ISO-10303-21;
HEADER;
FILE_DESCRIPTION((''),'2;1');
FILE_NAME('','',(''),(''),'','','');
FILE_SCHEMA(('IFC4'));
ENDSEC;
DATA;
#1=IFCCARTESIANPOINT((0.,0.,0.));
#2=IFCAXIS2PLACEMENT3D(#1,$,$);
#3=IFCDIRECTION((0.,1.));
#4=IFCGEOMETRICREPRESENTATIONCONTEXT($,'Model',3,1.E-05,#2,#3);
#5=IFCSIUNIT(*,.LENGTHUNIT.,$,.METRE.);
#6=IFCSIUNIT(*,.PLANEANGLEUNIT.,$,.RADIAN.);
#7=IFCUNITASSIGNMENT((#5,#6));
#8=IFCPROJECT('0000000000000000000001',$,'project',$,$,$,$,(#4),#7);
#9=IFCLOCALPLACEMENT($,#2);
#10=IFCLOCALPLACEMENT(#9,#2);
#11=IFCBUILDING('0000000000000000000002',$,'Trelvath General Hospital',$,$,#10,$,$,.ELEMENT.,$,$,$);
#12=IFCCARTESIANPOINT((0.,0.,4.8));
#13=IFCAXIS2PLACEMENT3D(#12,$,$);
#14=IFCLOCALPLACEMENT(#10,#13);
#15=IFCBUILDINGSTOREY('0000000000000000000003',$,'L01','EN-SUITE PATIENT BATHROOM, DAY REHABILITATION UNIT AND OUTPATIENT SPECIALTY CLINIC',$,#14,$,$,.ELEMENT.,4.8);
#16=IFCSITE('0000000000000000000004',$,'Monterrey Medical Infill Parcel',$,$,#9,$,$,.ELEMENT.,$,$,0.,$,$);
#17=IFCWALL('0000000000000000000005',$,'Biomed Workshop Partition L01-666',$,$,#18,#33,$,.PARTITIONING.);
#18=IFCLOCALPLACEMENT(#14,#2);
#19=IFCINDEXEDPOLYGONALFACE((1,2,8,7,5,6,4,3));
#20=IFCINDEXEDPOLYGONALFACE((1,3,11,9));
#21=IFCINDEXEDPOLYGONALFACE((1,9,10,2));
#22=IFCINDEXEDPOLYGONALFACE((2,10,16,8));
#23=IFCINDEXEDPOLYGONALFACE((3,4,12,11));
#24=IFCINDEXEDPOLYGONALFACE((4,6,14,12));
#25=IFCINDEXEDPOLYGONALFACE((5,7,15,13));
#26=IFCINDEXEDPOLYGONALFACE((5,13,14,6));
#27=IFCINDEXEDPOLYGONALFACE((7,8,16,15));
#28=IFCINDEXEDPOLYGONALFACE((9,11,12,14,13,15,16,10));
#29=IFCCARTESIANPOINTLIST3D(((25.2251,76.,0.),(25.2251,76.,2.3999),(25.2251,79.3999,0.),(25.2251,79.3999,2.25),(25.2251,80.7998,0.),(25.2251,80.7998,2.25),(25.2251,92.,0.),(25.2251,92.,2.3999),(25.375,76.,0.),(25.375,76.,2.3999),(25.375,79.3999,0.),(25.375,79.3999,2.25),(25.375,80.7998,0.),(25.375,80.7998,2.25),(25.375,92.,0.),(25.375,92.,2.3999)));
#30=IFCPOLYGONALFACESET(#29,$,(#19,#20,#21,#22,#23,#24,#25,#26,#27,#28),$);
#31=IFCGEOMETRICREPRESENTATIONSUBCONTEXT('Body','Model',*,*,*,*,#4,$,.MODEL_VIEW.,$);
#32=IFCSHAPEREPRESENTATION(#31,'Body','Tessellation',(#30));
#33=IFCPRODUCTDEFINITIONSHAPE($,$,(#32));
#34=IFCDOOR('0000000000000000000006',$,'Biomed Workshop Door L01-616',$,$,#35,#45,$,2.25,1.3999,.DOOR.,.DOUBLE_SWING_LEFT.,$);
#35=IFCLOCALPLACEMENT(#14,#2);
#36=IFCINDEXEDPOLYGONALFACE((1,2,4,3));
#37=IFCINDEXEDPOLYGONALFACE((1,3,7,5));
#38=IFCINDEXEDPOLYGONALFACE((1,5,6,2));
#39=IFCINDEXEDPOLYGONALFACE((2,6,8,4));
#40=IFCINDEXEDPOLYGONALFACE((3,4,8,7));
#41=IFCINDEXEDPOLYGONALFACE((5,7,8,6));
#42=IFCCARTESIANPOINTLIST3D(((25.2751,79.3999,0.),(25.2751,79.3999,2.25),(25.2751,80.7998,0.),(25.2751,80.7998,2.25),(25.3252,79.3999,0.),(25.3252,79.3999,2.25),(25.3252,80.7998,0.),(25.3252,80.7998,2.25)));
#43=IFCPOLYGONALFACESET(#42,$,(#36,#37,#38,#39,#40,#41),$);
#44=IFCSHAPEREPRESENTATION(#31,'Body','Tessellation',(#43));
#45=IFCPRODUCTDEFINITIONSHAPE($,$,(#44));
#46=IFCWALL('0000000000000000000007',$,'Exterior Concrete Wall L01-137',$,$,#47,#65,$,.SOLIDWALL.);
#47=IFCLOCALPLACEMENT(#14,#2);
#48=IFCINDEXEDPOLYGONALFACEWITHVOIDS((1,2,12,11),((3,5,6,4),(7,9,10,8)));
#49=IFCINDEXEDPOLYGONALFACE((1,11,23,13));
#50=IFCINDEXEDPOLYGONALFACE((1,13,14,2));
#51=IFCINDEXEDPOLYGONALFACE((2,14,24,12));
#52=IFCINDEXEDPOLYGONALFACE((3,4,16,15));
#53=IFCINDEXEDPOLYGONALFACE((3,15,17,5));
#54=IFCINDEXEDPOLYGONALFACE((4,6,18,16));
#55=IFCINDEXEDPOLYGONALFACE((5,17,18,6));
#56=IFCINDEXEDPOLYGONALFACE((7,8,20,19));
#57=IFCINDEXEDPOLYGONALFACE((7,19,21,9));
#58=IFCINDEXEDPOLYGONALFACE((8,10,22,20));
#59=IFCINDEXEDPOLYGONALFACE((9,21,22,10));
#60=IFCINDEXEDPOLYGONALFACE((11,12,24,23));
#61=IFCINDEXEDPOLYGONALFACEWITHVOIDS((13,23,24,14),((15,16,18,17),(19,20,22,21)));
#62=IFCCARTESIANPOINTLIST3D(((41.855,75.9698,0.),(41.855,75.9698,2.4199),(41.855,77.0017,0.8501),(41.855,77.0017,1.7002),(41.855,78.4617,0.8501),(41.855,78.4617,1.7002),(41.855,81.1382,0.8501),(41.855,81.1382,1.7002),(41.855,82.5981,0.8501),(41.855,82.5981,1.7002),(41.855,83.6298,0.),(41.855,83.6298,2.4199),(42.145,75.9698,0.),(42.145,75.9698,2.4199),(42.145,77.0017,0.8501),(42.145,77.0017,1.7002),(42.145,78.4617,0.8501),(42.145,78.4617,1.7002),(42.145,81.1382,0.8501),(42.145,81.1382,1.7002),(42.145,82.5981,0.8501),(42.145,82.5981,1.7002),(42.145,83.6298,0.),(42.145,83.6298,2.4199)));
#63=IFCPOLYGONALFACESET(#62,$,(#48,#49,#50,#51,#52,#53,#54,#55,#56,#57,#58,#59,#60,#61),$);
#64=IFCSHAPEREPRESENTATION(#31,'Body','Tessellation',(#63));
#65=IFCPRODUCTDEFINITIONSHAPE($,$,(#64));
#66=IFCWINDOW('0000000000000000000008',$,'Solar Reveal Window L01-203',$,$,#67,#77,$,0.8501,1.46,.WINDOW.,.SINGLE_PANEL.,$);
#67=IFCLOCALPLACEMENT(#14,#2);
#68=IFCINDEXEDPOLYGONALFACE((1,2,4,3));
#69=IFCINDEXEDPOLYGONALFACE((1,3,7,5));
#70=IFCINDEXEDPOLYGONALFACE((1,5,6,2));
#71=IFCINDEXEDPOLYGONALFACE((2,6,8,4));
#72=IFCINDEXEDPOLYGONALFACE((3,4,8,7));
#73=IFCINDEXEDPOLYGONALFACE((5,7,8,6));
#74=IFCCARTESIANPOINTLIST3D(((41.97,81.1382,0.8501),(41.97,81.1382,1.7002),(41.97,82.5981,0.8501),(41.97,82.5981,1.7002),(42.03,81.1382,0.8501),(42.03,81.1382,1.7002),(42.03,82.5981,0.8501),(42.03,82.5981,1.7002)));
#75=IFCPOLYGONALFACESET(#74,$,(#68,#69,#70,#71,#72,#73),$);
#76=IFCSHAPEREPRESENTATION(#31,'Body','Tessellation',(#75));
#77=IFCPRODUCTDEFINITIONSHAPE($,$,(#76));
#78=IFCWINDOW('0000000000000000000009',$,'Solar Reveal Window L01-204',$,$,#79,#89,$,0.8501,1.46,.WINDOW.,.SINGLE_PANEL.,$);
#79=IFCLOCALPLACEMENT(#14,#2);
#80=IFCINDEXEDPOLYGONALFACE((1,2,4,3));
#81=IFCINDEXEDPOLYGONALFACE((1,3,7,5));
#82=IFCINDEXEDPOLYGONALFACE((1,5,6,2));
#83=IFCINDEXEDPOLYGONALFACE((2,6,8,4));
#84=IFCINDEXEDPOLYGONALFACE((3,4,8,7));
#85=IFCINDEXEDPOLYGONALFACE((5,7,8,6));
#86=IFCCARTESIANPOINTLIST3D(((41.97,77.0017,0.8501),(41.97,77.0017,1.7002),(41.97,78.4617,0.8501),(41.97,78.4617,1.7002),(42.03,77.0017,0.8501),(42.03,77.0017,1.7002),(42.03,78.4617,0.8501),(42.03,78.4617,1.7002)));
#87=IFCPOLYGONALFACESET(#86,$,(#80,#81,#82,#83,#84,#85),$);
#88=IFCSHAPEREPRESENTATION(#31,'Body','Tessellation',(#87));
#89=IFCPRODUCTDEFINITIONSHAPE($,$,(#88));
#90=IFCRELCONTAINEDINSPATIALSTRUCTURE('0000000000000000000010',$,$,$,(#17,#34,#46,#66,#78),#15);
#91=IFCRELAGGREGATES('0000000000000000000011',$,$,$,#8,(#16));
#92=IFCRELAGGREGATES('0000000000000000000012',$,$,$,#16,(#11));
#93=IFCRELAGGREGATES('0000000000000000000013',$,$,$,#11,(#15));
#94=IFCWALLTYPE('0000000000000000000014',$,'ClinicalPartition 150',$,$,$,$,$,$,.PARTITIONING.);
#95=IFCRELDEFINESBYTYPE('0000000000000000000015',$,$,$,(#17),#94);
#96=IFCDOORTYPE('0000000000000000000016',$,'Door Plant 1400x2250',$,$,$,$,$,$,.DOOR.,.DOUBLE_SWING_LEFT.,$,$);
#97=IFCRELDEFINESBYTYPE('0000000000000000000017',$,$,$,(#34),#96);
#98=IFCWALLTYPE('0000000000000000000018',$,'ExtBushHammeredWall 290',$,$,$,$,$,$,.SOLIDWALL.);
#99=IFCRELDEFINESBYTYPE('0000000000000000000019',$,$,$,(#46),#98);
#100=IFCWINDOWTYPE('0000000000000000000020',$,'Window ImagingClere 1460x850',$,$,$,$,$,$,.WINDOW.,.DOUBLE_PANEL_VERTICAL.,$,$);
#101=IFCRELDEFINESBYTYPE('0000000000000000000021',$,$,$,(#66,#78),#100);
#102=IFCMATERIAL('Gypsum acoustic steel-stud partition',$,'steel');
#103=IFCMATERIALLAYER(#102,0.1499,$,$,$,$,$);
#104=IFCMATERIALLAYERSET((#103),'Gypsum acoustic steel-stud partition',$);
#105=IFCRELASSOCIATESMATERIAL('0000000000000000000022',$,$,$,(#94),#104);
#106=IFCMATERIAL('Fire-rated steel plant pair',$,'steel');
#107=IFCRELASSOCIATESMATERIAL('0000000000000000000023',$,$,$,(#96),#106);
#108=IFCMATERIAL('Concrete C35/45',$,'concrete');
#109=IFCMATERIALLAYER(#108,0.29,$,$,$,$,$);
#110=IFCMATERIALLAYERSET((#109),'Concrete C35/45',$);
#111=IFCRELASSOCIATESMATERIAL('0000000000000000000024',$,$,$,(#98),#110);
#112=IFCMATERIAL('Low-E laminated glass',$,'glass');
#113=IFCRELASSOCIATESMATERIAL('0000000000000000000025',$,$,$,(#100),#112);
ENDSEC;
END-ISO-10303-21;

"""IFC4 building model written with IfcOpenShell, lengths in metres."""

from ifc_helpers import new_model, si_unit, direction, frame, frame_2d, origin, place, context, subcontext, project, spatial, rectangle, extrude, material, layer, layer_set, type_object, element, fill, save


model = new_model("IFC4")

# Units and contexts
model_context = context("Model", 3, precision=1e-05, world=origin(), true_north=direction((0.0, 1.0)))
body_context = subcontext(model_context, "Body", "Model", "MODEL_VIEW")
ifc_project = project(units=[si_unit("LENGTHUNIT", "METRE"), si_unit("PLANEANGLEUNIT", "RADIAN")], contexts=[model_context])

# Site, building, storey
site_placement = place(None, origin())
site = spatial("IfcSite", under=ifc_project, at=site_placement, Name="Monterrey Medical Infill Parcel", CompositionType="ELEMENT", RefElevation=0.0)
building_placement = place(site_placement, origin())
building = spatial("IfcBuilding", under=site, at=building_placement, Name="Trelvath General Hospital", CompositionType="ELEMENT")
storey_placement = place(building_placement, frame((0.0, 0.0, 4.8)))
storey = spatial("IfcBuildingStorey", under=building, at=storey_placement, Name="L01", Description="EN-SUITE PATIENT BATHROOM, DAY REHABILITATION UNIT AND OUTPATIENT SPECIALTY CLINIC", CompositionType="ELEMENT", Elevation=4.8)

# Wall, opening, door
ifc_material_1 = material(Name="Gypsum acoustic steel-stud partition", Category="steel")
ifc_layer_1 = layer(ifc_material_1, 0.1499)
ifc_layer_set_1 = layer_set([ifc_layer_1], Name="Gypsum acoustic steel-stud partition")
wall_type_1 = type_object("IfcWallType", Name="ClinicalPartition 150", PredefinedType="PARTITIONING", material=ifc_layer_set_1)
wall_1_placement = place(storey_placement, frame((25.3, 76.0, 0.0), z_axis=(0.0, 0.0, 1.0), x_axis=(0.0, 1.0, 0.0)))
wall_1 = element("IfcWall", 1, at=wall_1_placement, inside=storey, type_object=wall_type_1, Name="Biomed Workshop Partition L01-666", PredefinedType="PARTITIONING", context=body_context, shape_type="SweptSolid", body=[
    extrude(rectangle(XDim=16.0, YDim=0.1499, at=frame_2d((8.0, 0.0))), origin(), (0.0, 0.0, 1.0), 2.3999),
])
opening_1_placement = place(wall_1_placement, frame((3.3999, 0.0, 0.0)))
opening_1 = element("IfcOpeningElement", 2, at=opening_1_placement, cuts=wall_1, PredefinedType="OPENING", context=body_context, shape_type="SweptSolid", body=[
    extrude(rectangle(XDim=1.3999, YDim=2.25, at=frame_2d((0.7, 1.125))), frame((0.0, 0.085, 0.0), z_axis=(0.0, -1.0, 0.0), x_axis=(1.0, 0.0, 0.0)), (0.0, 0.0, 1.0), 0.1699),
])
ifc_material_2 = material(Name="Fire-rated steel plant pair", Category="steel")
door_type = type_object("IfcDoorType", Name="Door Plant 1400x2250", OperationType="DOUBLE_SWING_LEFT", PredefinedType="DOOR", material=ifc_material_2)
door_placement = place(opening_1_placement, origin())
door = element("IfcDoor", 3, at=door_placement, inside=storey, type_object=door_type, Name="Biomed Workshop Door L01-616", OperationType="DOUBLE_SWING_LEFT", OverallHeight=2.25, OverallWidth=1.3999, PredefinedType="DOOR", context=body_context, shape_type="SweptSolid", body=[
    extrude(rectangle(XDim=1.3999, YDim=2.25, at=frame_2d((0.7, 1.125))), frame((0.0, 0.0249, 0.0), z_axis=(0.0, -1.0, 0.0), x_axis=(1.0, 0.0, 0.0)), (0.0, 0.0, 1.0), 0.05),
])
fill(opening_1, door)

# Wall, openings, windows
ifc_material_3 = material(Name="Concrete C35/45", Category="concrete")
ifc_layer_2 = layer(ifc_material_3, 0.29)
ifc_layer_set_2 = layer_set([ifc_layer_2], Name="Concrete C35/45")
wall_type_2 = type_object("IfcWallType", Name="ExtBushHammeredWall 290", PredefinedType="SOLIDWALL", material=ifc_layer_set_2)
wall_2_placement = place(storey_placement, frame((42.0, 83.6299, 0.0), z_axis=(0.0, 0.0, 1.0), x_axis=(0.0, -1.0, 0.0)))
wall_2 = element("IfcWall", 4, at=wall_2_placement, inside=storey, type_object=wall_type_2, Name="Exterior Concrete Wall L01-137", PredefinedType="SOLIDWALL", context=body_context, shape_type="SweptSolid", body=[
    extrude(rectangle(XDim=7.6599, YDim=0.29, at=frame_2d((3.8301, 0.0))), origin(), (0.0, 0.0, 1.0), 2.4199),
])
opening_2_placement = place(wall_2_placement, frame((1.0317, 0.0, 0.8501)))
opening_2 = element("IfcOpeningElement", 5, at=opening_2_placement, cuts=wall_2, PredefinedType="OPENING", context=body_context, shape_type="SweptSolid", body=[
    extrude(rectangle(XDim=1.46, YDim=0.8501, at=frame_2d((0.73, 0.425))), frame((0.0, 0.155, 0.0), z_axis=(0.0, -1.0, 0.0), x_axis=(1.0, 0.0, 0.0)), (0.0, 0.0, 1.0), 0.3101),
])
opening_3_placement = place(wall_2_placement, frame((5.1682, 0.0, 0.8501)))
opening_3 = element("IfcOpeningElement", 6, at=opening_3_placement, cuts=wall_2, PredefinedType="OPENING", context=body_context, shape_type="SweptSolid", body=[
    extrude(rectangle(XDim=1.46, YDim=0.8501, at=frame_2d((0.73, 0.425))), frame((0.0, 0.155, 0.0), z_axis=(0.0, -1.0, 0.0), x_axis=(1.0, 0.0, 0.0)), (0.0, 0.0, 1.0), 0.3101),
])
ifc_material_4 = material(Name="Low-E laminated glass", Category="glass")
window_type = type_object("IfcWindowType", Name="Window ImagingClere 1460x850", PartitioningType="DOUBLE_PANEL_VERTICAL", PredefinedType="WINDOW", material=ifc_material_4)
window_1_placement = place(opening_2_placement, origin())
window_1 = element("IfcWindow", 7, at=window_1_placement, inside=storey, type_object=window_type, Name="Solar Reveal Window L01-203", OverallHeight=0.8501, OverallWidth=1.46, PartitioningType="SINGLE_PANEL", PredefinedType="WINDOW", context=body_context, shape_type="SweptSolid", body=[
    extrude(rectangle(XDim=1.46, YDim=0.8501, at=frame_2d((0.73, 0.425))), frame((0.0, 0.03, 0.0), z_axis=(0.0, -1.0, 0.0), x_axis=(1.0, 0.0, 0.0)), (0.0, 0.0, 1.0), 0.0601),
])
fill(opening_2, window_1)
window_2_placement = place(opening_3_placement, origin())
window_2 = element("IfcWindow", 8, at=window_2_placement, inside=storey, type_object=window_type, Name="Solar Reveal Window L01-204", OverallHeight=0.8501, OverallWidth=1.46, PartitioningType="SINGLE_PANEL", PredefinedType="WINDOW", context=body_context, shape_type="SweptSolid", body=[
    extrude(rectangle(XDim=1.46, YDim=0.8501, at=frame_2d((0.73, 0.425))), frame((0.0, 0.03, 0.0), z_axis=(0.0, -1.0, 0.0), x_axis=(1.0, 0.0, 0.0)), (0.0, 0.0, 1.0), 0.0601),
])
fill(opening_3, window_2)

save(model, "model.ifc")
